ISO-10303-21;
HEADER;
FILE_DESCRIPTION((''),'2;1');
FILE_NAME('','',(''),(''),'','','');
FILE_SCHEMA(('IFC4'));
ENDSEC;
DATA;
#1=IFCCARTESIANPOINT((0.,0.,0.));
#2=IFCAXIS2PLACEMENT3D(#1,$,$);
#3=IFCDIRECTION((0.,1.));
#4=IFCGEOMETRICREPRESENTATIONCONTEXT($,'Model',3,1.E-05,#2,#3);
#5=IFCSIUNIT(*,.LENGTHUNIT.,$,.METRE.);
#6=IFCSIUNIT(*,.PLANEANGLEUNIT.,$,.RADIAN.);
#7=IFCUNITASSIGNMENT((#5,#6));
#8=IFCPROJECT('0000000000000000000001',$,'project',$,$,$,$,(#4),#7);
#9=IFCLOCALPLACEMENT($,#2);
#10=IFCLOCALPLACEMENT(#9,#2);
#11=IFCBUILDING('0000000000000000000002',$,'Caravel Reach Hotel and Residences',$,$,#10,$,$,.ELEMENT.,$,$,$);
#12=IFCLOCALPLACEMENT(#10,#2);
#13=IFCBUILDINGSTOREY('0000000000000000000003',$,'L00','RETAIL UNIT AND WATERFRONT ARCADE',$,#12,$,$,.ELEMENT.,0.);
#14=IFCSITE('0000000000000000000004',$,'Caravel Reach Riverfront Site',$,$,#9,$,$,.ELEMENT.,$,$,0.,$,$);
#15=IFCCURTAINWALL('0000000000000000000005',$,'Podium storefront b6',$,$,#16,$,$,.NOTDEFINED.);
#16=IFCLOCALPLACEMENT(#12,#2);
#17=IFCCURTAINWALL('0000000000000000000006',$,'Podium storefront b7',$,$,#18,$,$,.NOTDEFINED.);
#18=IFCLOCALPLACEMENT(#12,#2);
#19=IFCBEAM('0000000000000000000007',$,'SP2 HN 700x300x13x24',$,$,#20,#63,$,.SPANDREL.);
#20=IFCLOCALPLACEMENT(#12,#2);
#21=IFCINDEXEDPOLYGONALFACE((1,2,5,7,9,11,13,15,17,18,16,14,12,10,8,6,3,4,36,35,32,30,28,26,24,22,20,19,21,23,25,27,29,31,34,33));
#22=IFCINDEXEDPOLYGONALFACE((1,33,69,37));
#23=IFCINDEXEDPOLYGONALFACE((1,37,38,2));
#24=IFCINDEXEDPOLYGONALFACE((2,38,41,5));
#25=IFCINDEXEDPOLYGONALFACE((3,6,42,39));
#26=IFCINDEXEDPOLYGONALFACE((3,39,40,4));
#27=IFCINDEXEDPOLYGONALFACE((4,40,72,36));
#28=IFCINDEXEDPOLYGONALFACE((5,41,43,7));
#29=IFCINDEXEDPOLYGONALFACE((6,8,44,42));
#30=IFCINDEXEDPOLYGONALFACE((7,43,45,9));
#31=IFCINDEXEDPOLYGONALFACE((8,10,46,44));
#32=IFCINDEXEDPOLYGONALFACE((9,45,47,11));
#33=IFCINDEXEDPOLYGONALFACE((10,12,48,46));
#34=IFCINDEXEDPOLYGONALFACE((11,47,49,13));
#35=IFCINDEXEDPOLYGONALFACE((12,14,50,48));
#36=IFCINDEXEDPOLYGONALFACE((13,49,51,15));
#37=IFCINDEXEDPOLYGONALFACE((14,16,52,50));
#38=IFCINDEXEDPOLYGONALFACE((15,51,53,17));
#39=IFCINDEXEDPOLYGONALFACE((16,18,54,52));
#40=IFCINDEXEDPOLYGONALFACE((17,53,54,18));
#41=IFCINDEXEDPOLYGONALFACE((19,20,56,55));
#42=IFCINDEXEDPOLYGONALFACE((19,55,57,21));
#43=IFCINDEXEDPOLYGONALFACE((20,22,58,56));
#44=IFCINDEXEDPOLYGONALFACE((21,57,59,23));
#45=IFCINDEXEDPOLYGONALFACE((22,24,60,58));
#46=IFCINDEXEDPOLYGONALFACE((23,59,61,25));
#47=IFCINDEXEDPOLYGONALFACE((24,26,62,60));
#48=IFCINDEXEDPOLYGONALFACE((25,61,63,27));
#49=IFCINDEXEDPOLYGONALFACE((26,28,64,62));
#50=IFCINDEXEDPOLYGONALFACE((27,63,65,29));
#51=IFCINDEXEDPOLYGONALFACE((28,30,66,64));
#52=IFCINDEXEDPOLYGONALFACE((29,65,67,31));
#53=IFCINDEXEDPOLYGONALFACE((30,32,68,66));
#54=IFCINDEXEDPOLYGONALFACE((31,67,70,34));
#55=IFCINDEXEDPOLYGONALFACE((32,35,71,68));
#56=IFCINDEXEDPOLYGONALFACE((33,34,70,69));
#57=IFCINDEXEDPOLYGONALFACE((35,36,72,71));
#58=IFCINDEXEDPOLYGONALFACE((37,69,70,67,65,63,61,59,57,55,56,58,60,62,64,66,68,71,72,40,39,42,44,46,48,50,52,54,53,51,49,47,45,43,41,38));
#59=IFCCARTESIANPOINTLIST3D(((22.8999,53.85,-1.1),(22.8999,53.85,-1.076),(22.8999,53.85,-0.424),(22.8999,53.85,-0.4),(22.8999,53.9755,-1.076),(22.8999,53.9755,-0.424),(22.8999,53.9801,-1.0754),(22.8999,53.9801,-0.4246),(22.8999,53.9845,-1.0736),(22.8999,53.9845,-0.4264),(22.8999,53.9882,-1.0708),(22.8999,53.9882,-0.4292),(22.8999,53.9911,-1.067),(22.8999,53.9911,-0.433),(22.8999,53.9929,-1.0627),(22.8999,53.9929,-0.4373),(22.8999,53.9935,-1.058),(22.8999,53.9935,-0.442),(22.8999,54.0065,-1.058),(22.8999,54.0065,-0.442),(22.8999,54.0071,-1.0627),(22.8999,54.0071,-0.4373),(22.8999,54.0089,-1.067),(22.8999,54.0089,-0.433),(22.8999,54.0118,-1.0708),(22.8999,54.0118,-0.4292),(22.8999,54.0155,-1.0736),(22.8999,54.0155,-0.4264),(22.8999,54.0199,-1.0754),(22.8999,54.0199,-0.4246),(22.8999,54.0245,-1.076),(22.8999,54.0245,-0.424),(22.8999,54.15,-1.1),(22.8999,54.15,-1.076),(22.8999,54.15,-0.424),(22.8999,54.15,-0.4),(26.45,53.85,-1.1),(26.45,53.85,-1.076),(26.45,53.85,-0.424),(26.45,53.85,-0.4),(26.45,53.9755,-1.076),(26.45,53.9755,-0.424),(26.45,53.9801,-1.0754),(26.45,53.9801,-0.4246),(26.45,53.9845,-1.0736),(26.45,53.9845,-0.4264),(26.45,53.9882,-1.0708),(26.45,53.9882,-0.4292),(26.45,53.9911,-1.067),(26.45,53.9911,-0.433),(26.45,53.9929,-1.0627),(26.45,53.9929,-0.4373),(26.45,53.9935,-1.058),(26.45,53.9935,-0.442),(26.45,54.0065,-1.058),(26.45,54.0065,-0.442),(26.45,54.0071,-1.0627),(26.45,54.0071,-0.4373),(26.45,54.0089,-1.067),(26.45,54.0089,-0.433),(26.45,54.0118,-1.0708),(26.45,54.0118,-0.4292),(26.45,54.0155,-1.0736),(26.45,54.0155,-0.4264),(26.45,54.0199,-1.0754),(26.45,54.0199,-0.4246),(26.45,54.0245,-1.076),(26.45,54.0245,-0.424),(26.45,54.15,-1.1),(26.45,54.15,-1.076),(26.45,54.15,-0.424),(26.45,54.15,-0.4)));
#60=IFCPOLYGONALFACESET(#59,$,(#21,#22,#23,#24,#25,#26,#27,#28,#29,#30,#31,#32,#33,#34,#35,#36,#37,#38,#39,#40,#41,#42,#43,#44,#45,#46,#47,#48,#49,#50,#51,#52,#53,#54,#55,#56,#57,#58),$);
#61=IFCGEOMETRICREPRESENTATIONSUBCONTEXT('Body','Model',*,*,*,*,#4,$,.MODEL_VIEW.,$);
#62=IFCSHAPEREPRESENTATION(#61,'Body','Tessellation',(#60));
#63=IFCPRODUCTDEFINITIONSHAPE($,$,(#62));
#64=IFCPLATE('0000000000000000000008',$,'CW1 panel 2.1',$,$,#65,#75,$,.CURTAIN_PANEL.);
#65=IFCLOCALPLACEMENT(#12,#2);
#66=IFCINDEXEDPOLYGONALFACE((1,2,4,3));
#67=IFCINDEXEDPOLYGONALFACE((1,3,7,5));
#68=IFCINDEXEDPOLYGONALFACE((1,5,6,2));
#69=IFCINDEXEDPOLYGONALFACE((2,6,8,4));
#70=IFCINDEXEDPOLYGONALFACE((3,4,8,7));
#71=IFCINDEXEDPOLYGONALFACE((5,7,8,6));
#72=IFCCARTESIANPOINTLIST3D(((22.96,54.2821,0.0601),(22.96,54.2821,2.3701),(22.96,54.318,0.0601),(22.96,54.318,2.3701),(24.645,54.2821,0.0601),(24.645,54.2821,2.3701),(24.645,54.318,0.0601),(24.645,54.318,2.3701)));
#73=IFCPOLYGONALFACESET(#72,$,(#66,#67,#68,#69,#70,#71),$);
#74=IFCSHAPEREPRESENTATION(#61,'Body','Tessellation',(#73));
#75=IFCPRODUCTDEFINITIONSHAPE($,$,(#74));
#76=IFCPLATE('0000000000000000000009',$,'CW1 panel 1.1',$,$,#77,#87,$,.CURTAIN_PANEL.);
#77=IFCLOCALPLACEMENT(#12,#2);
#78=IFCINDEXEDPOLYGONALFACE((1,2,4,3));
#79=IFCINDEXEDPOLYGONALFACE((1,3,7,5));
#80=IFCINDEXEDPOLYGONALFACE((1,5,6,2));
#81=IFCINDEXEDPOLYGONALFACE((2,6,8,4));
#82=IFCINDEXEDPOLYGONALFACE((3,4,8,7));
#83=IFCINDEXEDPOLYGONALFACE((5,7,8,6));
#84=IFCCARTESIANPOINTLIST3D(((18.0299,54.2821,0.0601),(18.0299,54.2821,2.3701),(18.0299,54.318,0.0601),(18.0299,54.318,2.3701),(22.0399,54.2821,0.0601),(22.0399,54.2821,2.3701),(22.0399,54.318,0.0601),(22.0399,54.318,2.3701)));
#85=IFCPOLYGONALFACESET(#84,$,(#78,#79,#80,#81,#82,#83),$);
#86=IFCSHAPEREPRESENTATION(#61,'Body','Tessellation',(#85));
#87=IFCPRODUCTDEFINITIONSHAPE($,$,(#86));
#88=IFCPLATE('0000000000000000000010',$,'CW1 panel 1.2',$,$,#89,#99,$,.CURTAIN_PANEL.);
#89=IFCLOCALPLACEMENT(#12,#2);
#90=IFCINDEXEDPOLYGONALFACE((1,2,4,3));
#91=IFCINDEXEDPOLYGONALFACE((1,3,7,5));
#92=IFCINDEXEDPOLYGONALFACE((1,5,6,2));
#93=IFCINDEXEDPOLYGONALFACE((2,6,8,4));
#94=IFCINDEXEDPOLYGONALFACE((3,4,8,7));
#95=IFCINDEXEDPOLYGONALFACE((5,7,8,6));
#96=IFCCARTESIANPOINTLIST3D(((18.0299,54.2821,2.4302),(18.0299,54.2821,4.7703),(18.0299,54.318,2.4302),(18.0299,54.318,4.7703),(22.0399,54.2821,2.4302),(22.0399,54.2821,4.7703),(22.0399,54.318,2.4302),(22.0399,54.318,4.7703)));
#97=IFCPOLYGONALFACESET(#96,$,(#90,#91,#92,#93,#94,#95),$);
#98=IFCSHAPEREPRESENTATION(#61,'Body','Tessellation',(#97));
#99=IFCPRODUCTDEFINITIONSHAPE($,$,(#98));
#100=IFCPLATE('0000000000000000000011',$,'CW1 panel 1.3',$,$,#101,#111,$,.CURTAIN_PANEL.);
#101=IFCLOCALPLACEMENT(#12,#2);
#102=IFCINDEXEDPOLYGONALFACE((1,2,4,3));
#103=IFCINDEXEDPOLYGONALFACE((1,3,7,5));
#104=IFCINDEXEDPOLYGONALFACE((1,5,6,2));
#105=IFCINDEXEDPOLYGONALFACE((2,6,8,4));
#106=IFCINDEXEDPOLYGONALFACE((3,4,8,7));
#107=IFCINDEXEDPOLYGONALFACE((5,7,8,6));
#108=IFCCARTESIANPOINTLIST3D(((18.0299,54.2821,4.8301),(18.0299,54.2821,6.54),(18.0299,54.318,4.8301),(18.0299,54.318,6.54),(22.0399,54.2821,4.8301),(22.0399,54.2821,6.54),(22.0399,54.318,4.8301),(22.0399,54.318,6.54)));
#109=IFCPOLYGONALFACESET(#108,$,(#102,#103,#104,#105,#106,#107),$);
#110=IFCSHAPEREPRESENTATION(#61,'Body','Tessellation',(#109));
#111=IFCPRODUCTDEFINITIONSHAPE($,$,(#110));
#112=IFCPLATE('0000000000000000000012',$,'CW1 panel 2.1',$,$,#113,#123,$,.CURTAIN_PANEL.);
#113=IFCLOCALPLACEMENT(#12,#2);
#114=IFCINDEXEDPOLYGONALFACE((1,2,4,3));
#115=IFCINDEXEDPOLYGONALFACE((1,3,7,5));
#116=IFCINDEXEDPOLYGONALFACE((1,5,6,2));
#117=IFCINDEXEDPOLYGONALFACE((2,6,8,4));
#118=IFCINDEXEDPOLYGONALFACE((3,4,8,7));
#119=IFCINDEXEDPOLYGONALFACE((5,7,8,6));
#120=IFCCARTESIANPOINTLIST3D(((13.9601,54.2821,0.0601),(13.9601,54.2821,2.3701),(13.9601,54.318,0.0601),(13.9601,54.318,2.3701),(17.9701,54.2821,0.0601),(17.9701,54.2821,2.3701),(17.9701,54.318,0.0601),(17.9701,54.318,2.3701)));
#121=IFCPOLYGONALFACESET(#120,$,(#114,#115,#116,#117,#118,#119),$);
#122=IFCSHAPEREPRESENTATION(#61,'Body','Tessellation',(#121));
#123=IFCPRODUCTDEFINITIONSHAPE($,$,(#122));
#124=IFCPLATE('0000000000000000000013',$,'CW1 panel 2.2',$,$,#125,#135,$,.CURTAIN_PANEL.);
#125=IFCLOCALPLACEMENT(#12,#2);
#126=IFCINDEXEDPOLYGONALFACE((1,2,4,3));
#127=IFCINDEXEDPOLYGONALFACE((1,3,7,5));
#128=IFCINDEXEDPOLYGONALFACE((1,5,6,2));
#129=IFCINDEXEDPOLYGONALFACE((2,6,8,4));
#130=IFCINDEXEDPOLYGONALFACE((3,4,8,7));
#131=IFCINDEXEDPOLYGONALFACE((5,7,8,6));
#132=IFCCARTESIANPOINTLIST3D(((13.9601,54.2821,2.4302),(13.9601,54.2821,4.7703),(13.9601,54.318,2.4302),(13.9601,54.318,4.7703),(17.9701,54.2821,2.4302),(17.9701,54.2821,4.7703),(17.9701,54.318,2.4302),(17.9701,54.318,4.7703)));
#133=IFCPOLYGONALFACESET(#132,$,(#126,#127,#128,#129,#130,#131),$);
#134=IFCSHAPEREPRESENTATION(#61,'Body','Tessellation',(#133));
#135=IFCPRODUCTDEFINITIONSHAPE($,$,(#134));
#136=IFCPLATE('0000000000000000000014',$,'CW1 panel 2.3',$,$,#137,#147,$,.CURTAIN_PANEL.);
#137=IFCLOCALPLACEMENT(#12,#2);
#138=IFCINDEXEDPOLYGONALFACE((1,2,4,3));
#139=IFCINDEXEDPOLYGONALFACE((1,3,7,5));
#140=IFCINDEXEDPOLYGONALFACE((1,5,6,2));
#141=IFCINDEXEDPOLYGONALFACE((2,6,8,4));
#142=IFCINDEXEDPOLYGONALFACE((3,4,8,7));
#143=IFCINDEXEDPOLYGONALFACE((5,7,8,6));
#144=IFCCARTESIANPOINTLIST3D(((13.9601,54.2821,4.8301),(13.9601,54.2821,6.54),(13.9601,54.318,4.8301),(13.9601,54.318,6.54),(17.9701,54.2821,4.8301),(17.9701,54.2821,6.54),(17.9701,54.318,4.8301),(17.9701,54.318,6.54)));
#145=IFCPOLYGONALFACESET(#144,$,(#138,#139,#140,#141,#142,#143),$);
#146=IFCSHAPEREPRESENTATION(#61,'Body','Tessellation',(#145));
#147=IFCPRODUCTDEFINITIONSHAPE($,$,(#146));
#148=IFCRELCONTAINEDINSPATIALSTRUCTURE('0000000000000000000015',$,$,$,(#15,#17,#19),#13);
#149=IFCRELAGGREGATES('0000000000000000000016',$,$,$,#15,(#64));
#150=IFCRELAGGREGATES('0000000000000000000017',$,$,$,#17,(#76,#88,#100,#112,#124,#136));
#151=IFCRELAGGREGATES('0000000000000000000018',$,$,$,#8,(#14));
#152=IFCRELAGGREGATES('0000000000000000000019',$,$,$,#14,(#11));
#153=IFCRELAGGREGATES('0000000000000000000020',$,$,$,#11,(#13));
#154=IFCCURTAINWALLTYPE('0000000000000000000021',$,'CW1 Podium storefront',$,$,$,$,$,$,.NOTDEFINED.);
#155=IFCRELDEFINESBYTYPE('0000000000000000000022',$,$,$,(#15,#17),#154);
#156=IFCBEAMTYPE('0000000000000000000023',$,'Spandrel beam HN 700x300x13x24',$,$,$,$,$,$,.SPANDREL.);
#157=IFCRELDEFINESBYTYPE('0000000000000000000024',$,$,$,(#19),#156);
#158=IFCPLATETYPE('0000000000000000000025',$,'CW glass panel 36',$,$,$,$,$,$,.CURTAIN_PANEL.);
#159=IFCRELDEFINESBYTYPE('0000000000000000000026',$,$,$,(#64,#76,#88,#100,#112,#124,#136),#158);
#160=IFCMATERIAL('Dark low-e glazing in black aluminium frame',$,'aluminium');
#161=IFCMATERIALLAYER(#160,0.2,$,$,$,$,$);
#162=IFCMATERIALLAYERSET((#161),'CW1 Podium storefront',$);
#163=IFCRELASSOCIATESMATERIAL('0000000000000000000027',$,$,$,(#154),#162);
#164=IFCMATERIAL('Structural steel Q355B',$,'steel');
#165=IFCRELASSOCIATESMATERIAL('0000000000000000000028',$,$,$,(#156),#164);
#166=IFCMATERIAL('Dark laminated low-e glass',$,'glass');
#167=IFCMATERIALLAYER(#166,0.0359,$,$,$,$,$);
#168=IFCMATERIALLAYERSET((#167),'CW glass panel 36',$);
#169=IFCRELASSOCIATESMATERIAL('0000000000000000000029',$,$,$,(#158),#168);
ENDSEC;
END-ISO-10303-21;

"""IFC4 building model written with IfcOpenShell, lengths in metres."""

from ifc_helpers import new_model, si_unit, direction, frame, origin, origin_2d, place, context, subcontext, project, spatial, rectangle, i_section, extrude, material, layer, layer_set, material_profile, profile_set, type_object, element, aggregate, save


model = new_model("IFC4")

# Units and contexts
model_context = context("Model", 3, precision=1e-05, world=origin(), true_north=direction((0.0, 1.0)))
body_context = subcontext(model_context, "Body", "Model", "MODEL_VIEW")
ifc_project = project(units=[si_unit("LENGTHUNIT", "METRE"), si_unit("PLANEANGLEUNIT", "RADIAN")], contexts=[model_context])

# Site, building, storey
site_placement = place(None, origin())
site = spatial("IfcSite", under=ifc_project, at=site_placement, Name="Caravel Reach Riverfront Site", CompositionType="ELEMENT", RefElevation=0.0)
building_placement = place(site_placement, origin())
building = spatial("IfcBuilding", under=site, at=building_placement, Name="Caravel Reach Hotel and Residences", CompositionType="ELEMENT")
storey_placement = place(building_placement, origin())
storey = spatial("IfcBuildingStorey", under=building, at=storey_placement, Name="L00", Description="RETAIL UNIT AND WATERFRONT ARCADE", CompositionType="ELEMENT", Elevation=0.0)

# Curtain wall
ifc_material_1 = material(Name="Dark low-e glazing in black aluminium frame", Category="aluminium")
ifc_layer_1 = layer(ifc_material_1, 0.2)
ifc_layer_set_1 = layer_set([ifc_layer_1], Name="CW1 Podium storefront")
curtain_wall_type = type_object("IfcCurtainWallType", Name="CW1 Podium storefront", PredefinedType="NOTDEFINED", material=ifc_layer_set_1)
curtain_wall_1_placement = place(storey_placement, origin())
curtain_wall_1 = element("IfcCurtainWall", 1, at=curtain_wall_1_placement, inside=storey, type_object=curtain_wall_type, Name="Podium storefront b6", PredefinedType="NOTDEFINED")

# Curtain wall
curtain_wall_2_placement = place(storey_placement, origin())
curtain_wall_2 = element("IfcCurtainWall", 2, at=curtain_wall_2_placement, inside=storey, type_object=curtain_wall_type, Name="Podium storefront b7", PredefinedType="NOTDEFINED")

# Beam
ifc_material_2 = material(Name="Structural steel Q355B", Category="steel")
ifc_material_profile_1 = material_profile(ifc_material_2, i_section(OverallWidth=0.3, OverallDepth=0.7, WebThickness=0.0129, FlangeThickness=0.0239, FilletRadius=0.0181, at=origin_2d()), Name="HN 700x300x13x24")
ifc_profile_set_1 = profile_set([ifc_material_profile_1], Name="Structural steel Q355B")
beam_type = type_object("IfcBeamType", Name="Spandrel beam HN 700x300x13x24", PredefinedType="SPANDREL", material=ifc_profile_set_1)
beam_placement = place(storey_placement, frame((26.45, 54.0, -0.75), z_axis=(-1.0, 0.0, 0.0), x_axis=(0.0, -1.0, 0.0)))
element("IfcBeam", 3, at=beam_placement, inside=storey, type_object=beam_type, Name="SP2 HN 700x300x13x24", PredefinedType="SPANDREL", context=body_context, shape_type="SweptSolid", body=[
    extrude(i_section(OverallWidth=0.3, OverallDepth=0.7, WebThickness=0.0129, FlangeThickness=0.0239, FilletRadius=0.0181, at=origin_2d()), origin(), (0.0, 0.0, 1.0), 3.55),
])

# Plates
ifc_material_3 = material(Name="Dark laminated low-e glass", Category="glass")
ifc_layer_2 = layer(ifc_material_3, 0.0359)
ifc_layer_set_2 = layer_set([ifc_layer_2], Name="CW glass panel 36")
plate_type = type_object("IfcPlateType", Name="CW glass panel 36", PredefinedType="CURTAIN_PANEL", material=ifc_layer_set_2)
plate_1_placement = place(storey_placement, frame((23.8025, 54.3, 0.0601), z_axis=(0.0, 0.0, 1.0), x_axis=(-1.0, 0.0, 0.0)))
plate_1 = element("IfcPlate", 4, at=plate_1_placement, type_object=plate_type, Name="CW1 panel 2.1", PredefinedType="CURTAIN_PANEL", context=body_context, shape_type="SweptSolid", body=[
    extrude(rectangle(XDim=1.6851, YDim=0.0359, at=origin_2d()), origin(), (0.0, 0.0, 1.0), 2.3101),
])
aggregate(curtain_wall_1, [plate_1])
plate_2_placement = place(storey_placement, frame((20.0349, 54.3, 0.0601), z_axis=(0.0, 0.0, 1.0), x_axis=(-1.0, 0.0, 0.0)))
plate_2 = element("IfcPlate", 5, at=plate_2_placement, type_object=plate_type, Name="CW1 panel 1.1", PredefinedType="CURTAIN_PANEL", context=body_context, shape_type="SweptSolid", body=[
    extrude(rectangle(XDim=4.01, YDim=0.0359, at=origin_2d()), origin(), (0.0, 0.0, 1.0), 2.3101),
])
plate_3_placement = place(storey_placement, frame((20.0349, 54.3, 2.4302), z_axis=(0.0, 0.0, 1.0), x_axis=(-1.0, 0.0, 0.0)))
plate_3 = element("IfcPlate", 6, at=plate_3_placement, type_object=plate_type, Name="CW1 panel 1.2", PredefinedType="CURTAIN_PANEL", context=body_context, shape_type="SweptSolid", body=[
    extrude(rectangle(XDim=4.01, YDim=0.0359, at=origin_2d()), origin(), (0.0, 0.0, 1.0), 2.3401),
])
plate_4_placement = place(storey_placement, frame((20.0349, 54.3, 4.8301), z_axis=(0.0, 0.0, 1.0), x_axis=(-1.0, 0.0, 0.0)))
plate_4 = element("IfcPlate", 7, at=plate_4_placement, type_object=plate_type, Name="CW1 panel 1.3", PredefinedType="CURTAIN_PANEL", context=body_context, shape_type="SweptSolid", body=[
    extrude(rectangle(XDim=4.01, YDim=0.0359, at=origin_2d()), origin(), (0.0, 0.0, 1.0), 1.71),
])
plate_5_placement = place(storey_placement, frame((15.9651, 54.3, 0.0601), z_axis=(0.0, 0.0, 1.0), x_axis=(-1.0, 0.0, 0.0)))
plate_5 = element("IfcPlate", 8, at=plate_5_placement, type_object=plate_type, Name="CW1 panel 2.1", PredefinedType="CURTAIN_PANEL", context=body_context, shape_type="SweptSolid", body=[
    extrude(rectangle(XDim=4.01, YDim=0.0359, at=origin_2d()), origin(), (0.0, 0.0, 1.0), 2.3101),
])
plate_6_placement = place(storey_placement, frame((15.9651, 54.3, 2.4302), z_axis=(0.0, 0.0, 1.0), x_axis=(-1.0, 0.0, 0.0)))
plate_6 = element("IfcPlate", 9, at=plate_6_placement, type_object=plate_type, Name="CW1 panel 2.2", PredefinedType="CURTAIN_PANEL", context=body_context, shape_type="SweptSolid", body=[
    extrude(rectangle(XDim=4.01, YDim=0.0359, at=origin_2d()), origin(), (0.0, 0.0, 1.0), 2.3401),
])
plate_7_placement = place(storey_placement, frame((15.9651, 54.3, 4.8301), z_axis=(0.0, 0.0, 1.0), x_axis=(-1.0, 0.0, 0.0)))
plate_7 = element("IfcPlate", 10, at=plate_7_placement, type_object=plate_type, Name="CW1 panel 2.3", PredefinedType="CURTAIN_PANEL", context=body_context, shape_type="SweptSolid", body=[
    extrude(rectangle(XDim=4.01, YDim=0.0359, at=origin_2d()), origin(), (0.0, 0.0, 1.0), 1.71),
])
aggregate(curtain_wall_2, [plate_2, plate_3, plate_4, plate_5, plate_6, plate_7])

save(model, "model.ifc")
